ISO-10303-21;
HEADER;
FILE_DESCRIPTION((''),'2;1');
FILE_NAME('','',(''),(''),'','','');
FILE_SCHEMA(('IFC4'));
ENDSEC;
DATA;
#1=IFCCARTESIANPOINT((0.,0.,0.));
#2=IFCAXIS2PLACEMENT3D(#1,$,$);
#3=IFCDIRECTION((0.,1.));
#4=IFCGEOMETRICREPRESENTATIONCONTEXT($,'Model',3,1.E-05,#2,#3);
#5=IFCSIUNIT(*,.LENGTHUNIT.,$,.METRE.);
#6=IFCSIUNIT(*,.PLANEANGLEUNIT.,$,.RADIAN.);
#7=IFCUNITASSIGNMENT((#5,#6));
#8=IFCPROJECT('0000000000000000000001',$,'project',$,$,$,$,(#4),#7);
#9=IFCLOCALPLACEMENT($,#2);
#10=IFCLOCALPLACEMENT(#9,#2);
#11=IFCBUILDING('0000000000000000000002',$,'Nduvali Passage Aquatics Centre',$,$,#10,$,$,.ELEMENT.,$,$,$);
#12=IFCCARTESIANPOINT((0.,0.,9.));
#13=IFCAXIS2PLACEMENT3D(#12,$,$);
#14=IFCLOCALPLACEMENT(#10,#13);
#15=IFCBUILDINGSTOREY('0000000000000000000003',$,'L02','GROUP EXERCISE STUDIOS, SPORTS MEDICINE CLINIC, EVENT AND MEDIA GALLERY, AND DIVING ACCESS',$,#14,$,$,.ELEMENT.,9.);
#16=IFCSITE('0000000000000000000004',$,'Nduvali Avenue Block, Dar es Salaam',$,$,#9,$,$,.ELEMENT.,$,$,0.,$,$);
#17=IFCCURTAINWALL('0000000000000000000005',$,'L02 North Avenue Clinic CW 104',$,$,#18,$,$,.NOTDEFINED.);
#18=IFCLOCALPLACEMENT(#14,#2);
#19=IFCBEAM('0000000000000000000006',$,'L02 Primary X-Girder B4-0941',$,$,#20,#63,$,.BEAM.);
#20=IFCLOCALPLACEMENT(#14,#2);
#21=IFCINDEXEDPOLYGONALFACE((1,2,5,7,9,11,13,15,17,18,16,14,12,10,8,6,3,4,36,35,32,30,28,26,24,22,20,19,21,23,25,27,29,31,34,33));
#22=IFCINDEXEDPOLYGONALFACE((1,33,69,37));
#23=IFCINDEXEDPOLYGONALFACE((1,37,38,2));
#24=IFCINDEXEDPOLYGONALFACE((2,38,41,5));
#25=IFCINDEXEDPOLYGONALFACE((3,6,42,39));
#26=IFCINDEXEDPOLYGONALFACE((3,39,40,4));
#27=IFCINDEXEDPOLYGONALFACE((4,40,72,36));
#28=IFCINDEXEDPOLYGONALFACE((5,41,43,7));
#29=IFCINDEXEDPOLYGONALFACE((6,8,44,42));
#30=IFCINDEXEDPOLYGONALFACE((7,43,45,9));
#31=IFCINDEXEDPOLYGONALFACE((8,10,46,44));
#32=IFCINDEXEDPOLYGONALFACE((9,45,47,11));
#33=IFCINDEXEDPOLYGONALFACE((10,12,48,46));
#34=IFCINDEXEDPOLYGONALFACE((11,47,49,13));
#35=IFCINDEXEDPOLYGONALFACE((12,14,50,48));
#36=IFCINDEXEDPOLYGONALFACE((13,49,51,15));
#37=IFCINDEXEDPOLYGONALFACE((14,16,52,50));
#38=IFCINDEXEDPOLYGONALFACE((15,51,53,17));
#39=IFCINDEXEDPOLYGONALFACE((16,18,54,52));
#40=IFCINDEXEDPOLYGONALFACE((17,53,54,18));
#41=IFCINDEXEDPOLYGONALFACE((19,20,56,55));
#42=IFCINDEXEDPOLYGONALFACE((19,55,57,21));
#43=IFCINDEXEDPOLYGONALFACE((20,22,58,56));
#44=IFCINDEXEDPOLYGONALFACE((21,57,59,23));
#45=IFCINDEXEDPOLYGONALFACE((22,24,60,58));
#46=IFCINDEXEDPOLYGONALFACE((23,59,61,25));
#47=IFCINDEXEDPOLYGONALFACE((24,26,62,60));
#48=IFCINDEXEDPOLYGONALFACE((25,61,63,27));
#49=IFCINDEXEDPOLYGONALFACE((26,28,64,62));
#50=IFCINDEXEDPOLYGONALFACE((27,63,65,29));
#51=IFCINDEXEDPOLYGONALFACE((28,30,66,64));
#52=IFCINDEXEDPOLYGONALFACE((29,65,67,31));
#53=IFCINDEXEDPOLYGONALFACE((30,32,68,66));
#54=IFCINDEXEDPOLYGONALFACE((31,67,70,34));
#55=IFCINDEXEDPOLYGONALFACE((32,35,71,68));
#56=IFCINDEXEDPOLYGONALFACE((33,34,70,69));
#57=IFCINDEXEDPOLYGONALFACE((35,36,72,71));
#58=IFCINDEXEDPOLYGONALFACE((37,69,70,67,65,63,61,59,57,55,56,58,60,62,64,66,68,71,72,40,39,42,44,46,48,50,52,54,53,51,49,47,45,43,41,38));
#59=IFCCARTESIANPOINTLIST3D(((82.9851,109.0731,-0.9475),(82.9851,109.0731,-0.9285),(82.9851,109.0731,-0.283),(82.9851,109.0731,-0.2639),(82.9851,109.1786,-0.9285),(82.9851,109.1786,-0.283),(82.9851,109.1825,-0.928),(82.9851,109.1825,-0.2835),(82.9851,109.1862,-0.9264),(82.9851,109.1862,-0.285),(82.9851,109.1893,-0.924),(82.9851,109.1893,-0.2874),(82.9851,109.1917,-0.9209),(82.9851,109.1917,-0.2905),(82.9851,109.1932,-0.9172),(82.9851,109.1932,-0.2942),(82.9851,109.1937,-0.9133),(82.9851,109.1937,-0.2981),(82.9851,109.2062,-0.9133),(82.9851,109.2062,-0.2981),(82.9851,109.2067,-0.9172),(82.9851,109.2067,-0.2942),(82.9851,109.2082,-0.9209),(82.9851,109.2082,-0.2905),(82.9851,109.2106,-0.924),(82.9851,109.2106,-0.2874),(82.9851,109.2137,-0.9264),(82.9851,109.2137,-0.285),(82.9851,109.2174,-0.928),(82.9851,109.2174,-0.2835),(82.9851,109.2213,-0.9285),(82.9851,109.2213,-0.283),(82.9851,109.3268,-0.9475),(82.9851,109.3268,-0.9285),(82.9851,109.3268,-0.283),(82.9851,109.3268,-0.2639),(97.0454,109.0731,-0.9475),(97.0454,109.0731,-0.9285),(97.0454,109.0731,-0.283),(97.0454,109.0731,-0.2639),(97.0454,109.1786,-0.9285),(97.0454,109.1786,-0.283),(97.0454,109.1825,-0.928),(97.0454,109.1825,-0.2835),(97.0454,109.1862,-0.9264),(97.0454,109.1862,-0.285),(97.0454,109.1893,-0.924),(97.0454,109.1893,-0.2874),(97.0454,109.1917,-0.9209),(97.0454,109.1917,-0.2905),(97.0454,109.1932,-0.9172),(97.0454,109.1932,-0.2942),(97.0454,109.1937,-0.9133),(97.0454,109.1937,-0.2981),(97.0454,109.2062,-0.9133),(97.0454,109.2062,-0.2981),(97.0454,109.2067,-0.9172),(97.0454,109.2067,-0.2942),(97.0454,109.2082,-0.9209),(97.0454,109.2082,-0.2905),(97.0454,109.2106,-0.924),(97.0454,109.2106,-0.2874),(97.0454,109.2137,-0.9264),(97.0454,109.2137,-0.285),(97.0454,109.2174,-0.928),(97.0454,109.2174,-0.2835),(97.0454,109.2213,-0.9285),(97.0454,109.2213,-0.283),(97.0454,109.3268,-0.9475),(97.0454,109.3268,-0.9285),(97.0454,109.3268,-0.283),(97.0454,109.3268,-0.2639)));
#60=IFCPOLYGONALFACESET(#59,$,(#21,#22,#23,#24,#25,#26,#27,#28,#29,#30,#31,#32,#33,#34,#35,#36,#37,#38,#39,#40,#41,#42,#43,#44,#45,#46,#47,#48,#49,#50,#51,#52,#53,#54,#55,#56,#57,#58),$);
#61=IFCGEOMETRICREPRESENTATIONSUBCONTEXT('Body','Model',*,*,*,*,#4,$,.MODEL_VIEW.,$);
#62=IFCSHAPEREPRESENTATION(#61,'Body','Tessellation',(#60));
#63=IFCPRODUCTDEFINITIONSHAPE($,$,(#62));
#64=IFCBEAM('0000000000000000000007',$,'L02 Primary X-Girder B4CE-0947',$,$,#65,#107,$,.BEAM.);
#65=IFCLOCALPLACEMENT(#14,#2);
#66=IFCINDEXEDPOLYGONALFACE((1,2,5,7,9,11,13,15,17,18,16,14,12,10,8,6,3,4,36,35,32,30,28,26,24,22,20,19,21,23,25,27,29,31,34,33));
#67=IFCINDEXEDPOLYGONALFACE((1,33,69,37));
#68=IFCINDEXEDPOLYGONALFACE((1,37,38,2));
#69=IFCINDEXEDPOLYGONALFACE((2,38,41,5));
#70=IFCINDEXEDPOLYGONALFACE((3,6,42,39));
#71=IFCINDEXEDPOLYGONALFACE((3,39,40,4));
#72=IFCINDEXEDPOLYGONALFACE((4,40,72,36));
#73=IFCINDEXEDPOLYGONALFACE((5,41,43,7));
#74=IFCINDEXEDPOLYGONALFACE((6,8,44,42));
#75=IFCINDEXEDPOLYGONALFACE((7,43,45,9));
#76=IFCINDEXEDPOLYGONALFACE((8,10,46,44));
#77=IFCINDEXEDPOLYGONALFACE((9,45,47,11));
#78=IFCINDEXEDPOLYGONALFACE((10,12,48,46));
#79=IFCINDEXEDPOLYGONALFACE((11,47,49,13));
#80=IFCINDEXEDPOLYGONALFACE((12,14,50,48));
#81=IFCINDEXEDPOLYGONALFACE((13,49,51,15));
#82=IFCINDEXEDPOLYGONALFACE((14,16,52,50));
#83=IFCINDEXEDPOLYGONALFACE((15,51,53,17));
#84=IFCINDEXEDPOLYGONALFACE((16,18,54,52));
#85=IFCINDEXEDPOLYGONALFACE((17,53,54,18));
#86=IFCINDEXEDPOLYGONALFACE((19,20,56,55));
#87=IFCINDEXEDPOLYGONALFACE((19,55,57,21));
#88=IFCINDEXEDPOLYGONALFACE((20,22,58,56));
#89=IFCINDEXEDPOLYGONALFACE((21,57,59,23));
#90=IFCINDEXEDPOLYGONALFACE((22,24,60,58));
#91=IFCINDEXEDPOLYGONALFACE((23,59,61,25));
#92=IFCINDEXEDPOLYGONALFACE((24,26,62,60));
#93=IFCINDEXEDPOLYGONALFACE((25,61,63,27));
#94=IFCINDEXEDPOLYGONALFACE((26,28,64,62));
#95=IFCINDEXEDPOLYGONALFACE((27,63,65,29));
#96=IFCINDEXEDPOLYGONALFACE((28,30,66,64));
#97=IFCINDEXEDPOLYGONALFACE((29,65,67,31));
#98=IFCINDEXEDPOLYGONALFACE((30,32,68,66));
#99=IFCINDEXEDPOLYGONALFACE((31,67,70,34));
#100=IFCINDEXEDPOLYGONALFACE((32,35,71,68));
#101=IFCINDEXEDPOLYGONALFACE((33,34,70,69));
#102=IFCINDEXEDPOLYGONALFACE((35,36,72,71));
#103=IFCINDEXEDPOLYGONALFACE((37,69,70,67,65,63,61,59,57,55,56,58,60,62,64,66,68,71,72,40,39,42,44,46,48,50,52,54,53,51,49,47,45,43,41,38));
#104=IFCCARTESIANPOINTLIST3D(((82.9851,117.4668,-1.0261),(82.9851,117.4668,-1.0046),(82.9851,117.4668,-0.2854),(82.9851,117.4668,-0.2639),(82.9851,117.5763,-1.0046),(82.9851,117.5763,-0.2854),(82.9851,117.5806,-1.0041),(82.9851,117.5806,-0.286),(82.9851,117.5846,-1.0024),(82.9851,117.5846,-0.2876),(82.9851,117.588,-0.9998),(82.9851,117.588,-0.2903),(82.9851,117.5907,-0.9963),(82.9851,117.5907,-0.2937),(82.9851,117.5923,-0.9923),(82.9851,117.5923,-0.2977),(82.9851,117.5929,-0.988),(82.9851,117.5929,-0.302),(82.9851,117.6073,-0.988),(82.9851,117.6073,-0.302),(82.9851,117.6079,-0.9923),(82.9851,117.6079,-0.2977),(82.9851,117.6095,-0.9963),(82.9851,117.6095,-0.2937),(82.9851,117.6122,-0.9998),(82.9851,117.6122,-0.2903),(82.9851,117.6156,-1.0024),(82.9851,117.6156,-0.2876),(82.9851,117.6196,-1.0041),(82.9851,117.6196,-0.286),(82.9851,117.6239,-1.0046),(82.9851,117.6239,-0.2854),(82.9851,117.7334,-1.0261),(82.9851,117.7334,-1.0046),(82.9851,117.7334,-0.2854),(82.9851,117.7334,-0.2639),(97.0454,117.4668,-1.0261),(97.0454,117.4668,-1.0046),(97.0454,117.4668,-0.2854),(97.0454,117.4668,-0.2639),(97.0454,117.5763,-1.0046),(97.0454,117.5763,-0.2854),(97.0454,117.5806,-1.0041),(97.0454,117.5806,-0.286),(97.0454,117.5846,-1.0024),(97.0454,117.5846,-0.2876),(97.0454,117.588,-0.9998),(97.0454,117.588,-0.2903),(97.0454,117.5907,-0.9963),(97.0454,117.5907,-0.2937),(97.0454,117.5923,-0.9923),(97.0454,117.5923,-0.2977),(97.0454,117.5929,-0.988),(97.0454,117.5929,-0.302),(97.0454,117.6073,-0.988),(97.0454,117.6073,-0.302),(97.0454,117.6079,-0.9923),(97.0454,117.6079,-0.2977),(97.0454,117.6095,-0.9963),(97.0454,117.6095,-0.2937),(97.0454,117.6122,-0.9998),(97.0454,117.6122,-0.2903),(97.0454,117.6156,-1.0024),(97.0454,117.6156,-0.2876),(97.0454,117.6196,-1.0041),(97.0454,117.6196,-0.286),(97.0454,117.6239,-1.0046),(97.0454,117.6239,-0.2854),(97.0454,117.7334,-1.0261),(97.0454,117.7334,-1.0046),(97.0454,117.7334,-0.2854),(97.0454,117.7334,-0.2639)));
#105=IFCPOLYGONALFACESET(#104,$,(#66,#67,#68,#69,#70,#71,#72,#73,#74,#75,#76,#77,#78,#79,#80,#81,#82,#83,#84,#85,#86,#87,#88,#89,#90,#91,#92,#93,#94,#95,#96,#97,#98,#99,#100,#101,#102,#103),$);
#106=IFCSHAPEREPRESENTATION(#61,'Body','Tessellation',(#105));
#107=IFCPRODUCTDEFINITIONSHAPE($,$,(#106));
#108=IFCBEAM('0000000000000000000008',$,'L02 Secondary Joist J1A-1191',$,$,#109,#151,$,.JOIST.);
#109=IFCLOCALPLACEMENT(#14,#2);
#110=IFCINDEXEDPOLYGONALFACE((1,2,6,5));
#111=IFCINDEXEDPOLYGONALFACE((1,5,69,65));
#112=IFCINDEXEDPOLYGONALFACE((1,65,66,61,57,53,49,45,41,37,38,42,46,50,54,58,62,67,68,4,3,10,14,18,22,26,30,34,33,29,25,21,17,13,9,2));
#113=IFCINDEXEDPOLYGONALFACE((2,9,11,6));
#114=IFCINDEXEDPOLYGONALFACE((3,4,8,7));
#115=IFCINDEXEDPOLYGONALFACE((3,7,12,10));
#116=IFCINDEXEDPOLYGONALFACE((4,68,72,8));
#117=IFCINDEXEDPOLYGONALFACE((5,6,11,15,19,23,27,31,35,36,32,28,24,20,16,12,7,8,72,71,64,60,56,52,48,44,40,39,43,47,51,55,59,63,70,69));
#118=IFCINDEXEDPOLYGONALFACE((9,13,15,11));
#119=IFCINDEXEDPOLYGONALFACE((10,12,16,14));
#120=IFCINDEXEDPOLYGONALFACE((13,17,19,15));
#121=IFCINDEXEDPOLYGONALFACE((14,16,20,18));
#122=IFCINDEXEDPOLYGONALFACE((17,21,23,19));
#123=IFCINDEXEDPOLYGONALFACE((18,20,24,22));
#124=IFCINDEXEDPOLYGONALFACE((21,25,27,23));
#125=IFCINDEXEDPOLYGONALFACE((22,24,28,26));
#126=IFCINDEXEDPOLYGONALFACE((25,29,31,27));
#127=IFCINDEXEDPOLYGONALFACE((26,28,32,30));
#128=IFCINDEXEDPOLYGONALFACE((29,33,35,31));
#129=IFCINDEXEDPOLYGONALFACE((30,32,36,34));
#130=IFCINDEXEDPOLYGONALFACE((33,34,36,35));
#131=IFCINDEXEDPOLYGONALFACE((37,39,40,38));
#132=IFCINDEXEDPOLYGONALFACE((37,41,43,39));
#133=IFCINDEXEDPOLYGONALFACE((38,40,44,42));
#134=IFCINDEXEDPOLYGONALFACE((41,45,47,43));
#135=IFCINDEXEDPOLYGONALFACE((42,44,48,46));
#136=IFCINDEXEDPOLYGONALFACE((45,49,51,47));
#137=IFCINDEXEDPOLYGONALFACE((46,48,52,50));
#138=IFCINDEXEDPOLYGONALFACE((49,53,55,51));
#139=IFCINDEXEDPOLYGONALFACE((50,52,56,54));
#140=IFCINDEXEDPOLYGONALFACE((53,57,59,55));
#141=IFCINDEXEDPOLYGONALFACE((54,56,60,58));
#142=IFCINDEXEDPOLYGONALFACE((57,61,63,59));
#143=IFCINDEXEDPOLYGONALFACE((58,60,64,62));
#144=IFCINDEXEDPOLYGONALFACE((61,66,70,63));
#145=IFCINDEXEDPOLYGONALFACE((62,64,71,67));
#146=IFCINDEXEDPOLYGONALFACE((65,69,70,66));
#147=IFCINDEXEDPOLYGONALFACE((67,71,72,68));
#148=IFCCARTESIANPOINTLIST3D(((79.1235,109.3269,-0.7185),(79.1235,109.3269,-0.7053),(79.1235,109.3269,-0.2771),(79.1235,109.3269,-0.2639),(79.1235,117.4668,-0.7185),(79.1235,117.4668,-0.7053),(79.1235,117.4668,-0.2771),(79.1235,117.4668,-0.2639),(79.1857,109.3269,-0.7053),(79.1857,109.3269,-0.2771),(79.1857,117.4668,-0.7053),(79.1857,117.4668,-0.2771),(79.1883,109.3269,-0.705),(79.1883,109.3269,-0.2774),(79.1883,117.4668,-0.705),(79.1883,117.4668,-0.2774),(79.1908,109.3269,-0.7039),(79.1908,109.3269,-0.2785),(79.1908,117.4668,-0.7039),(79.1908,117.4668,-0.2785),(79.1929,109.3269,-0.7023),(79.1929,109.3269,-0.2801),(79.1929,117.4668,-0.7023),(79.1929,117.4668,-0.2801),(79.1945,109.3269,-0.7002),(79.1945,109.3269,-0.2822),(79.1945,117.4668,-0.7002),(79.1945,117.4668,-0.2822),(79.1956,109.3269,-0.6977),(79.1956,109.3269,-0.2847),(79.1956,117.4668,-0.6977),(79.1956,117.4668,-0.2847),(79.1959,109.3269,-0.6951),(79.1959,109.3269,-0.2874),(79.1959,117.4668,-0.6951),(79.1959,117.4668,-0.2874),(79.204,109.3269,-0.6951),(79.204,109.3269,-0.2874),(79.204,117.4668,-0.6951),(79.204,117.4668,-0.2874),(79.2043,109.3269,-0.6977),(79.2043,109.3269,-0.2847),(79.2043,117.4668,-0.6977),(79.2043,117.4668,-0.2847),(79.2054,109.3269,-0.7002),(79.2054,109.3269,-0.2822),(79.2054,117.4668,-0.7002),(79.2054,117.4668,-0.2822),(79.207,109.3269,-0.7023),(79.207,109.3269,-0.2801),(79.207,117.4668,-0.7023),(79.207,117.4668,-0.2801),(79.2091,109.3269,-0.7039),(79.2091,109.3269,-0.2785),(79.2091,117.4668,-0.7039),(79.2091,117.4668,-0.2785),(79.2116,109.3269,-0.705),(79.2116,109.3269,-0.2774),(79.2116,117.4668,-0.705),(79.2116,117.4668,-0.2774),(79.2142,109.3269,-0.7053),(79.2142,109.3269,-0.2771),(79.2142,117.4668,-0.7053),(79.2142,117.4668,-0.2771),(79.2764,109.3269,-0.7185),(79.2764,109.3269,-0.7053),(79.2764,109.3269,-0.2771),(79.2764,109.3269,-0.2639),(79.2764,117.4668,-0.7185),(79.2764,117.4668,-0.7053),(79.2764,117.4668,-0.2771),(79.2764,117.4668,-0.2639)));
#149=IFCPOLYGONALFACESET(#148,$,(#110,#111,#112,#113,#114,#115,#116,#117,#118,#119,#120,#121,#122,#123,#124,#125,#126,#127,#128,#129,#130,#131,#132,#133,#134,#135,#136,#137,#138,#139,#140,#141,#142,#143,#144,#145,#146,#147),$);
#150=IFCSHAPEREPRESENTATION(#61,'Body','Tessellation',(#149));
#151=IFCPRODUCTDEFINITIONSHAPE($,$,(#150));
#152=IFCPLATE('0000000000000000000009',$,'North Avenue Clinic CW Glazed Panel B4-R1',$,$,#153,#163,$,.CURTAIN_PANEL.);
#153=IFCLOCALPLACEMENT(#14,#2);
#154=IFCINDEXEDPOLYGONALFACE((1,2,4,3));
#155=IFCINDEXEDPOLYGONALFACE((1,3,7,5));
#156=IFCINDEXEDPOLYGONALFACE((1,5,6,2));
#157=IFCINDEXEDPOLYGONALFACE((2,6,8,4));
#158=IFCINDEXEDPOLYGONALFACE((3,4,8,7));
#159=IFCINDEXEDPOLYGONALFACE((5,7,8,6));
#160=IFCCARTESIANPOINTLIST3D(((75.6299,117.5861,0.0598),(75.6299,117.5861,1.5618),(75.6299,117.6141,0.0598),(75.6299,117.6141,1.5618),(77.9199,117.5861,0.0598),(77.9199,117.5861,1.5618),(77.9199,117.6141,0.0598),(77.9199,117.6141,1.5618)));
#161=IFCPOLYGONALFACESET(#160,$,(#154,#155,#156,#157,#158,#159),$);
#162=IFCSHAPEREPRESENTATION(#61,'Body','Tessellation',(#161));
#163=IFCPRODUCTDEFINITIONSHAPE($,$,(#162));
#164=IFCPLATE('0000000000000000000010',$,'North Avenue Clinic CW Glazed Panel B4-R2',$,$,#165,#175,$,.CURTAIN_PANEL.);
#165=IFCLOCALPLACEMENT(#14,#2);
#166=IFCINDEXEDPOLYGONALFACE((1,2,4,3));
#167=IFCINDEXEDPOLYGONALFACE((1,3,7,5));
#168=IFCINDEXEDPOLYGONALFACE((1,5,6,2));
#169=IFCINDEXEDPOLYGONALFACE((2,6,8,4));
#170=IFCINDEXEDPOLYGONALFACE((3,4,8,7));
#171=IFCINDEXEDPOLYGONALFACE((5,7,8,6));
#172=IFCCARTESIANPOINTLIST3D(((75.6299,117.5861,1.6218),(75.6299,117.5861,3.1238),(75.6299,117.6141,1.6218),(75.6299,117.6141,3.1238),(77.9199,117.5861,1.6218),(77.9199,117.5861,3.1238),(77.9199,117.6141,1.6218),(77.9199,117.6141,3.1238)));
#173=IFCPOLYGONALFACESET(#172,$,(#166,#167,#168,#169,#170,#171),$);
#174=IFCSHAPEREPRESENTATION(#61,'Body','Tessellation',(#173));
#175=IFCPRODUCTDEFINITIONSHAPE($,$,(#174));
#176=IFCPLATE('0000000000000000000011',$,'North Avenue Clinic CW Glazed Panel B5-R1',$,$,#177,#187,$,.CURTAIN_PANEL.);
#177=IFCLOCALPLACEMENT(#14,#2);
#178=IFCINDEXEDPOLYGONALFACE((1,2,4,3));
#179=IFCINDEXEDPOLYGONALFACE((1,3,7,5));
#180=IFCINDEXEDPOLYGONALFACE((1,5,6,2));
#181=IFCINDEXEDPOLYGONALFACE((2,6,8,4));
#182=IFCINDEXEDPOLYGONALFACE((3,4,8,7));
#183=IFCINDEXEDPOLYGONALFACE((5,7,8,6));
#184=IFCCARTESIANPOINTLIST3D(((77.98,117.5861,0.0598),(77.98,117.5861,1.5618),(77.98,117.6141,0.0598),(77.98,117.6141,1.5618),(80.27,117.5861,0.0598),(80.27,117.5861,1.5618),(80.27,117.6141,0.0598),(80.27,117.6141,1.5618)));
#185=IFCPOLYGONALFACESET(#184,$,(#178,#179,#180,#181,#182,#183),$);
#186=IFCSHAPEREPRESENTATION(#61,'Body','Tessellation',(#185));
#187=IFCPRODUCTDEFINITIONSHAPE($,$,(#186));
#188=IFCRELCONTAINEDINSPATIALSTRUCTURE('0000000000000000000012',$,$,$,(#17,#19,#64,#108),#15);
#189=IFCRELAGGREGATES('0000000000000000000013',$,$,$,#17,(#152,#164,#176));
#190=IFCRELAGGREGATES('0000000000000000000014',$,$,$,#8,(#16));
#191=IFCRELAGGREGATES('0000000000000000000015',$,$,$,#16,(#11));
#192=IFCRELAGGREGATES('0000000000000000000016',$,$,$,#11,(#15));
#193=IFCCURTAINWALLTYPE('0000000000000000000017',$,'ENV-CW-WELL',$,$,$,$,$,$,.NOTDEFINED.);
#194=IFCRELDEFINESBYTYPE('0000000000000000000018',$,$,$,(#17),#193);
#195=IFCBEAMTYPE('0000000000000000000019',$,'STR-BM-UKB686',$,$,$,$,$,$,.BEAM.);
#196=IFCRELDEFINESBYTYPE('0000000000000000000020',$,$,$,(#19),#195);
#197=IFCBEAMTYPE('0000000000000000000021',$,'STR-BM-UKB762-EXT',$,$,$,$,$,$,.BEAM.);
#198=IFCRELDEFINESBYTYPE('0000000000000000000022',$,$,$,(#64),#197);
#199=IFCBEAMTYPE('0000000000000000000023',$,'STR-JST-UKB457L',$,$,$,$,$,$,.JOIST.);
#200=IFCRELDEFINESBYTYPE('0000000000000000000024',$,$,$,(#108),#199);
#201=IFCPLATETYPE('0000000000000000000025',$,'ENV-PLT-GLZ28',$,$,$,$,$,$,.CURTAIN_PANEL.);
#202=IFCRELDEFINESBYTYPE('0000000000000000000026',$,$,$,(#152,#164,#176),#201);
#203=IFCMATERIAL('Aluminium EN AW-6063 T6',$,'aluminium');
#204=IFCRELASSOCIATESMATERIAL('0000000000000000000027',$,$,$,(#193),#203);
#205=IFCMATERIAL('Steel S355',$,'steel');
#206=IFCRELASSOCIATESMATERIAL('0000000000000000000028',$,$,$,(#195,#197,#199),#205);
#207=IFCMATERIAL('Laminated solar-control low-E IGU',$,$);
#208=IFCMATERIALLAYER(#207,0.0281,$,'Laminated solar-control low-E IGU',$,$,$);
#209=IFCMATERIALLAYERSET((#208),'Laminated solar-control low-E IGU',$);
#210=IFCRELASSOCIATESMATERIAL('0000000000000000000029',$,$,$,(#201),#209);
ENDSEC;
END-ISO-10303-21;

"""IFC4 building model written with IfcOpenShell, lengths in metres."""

from ifc_helpers import new_model, si_unit, direction, frame, origin, origin_2d, place, context, subcontext, project, spatial, rectangle, i_section, extrude, material, layer, layer_set, material_profile, profile_set, type_object, element, aggregate, save


model = new_model("IFC4")

# Units and contexts
model_context = context("Model", 3, precision=1e-05, world=origin(), true_north=direction((0.0, 1.0)))
body_context = subcontext(model_context, "Body", "Model", "MODEL_VIEW")
ifc_project = project(units=[si_unit("LENGTHUNIT", "METRE"), si_unit("PLANEANGLEUNIT", "RADIAN")], contexts=[model_context])

# Site, building, storey
site_placement = place(None, origin())
site = spatial("IfcSite", under=ifc_project, at=site_placement, Name="Nduvali Avenue Block, Dar es Salaam", CompositionType="ELEMENT", RefElevation=0.0)
building_placement = place(site_placement, origin())
building = spatial("IfcBuilding", under=site, at=building_placement, Name="Nduvali Passage Aquatics Centre", CompositionType="ELEMENT")
storey_placement = place(building_placement, frame((0.0, 0.0, 9.0)))
storey = spatial("IfcBuildingStorey", under=building, at=storey_placement, Name="L02", Description="GROUP EXERCISE STUDIOS, SPORTS MEDICINE CLINIC, EVENT AND MEDIA GALLERY, AND DIVING ACCESS", CompositionType="ELEMENT", Elevation=9.0)

# Shared definitions
ifc_material_1 = material(Name="Steel S355", Category="steel")

# Curtain wall
ifc_material_2 = material(Name="Aluminium EN AW-6063 T6", Category="aluminium")
curtain_wall_type = type_object("IfcCurtainWallType", Name="ENV-CW-WELL", PredefinedType="NOTDEFINED", material=ifc_material_2)
curtain_wall_1_placement = place(storey_placement, origin())
curtain_wall_1 = element("IfcCurtainWall", 1, at=curtain_wall_1_placement, inside=storey, type_object=curtain_wall_type, Name="L02 North Avenue Clinic CW 104", PredefinedType="NOTDEFINED")

# Beams
ifc_material_profile_1 = material_profile(ifc_material_1, i_section(OverallWidth=0.2537, OverallDepth=0.6836, WebThickness=0.0125, FlangeThickness=0.019, FilletRadius=0.0151, at=origin_2d()), Name="UKB 686x254x140")
ifc_profile_set_1 = profile_set([ifc_material_profile_1], Name="Steel S355")
beam_type_1 = type_object("IfcBeamType", Name="STR-BM-UKB686", PredefinedType="BEAM", material=ifc_profile_set_1)
beam_1_placement = place(storey_placement, frame((82.9851, 109.2, -0.6057), z_axis=(1.0, 0.0, 0.0), x_axis=(0.0, 1.0, 0.0)))
element("IfcBeam", 2, at=beam_1_placement, inside=storey, type_object=beam_type_1, Name="L02 Primary X-Girder B4-0941", PredefinedType="BEAM", context=body_context, shape_type="SweptSolid", body=[
    extrude(i_section(OverallWidth=0.2537, OverallDepth=0.6836, WebThickness=0.0125, FlangeThickness=0.019, FilletRadius=0.0151, at=origin_2d()), origin(), (0.0, 0.0, 1.0), 14.0603),
])
ifc_material_profile_2 = material_profile(ifc_material_1, i_section(OverallWidth=0.2666, OverallDepth=0.7622, WebThickness=0.0144, FlangeThickness=0.0215, FilletRadius=0.0166, at=origin_2d()), Name="UKB 762x267x173")
ifc_profile_set_2 = profile_set([ifc_material_profile_2], Name="Steel S355")
beam_type_2 = type_object("IfcBeamType", Name="STR-BM-UKB762-EXT", PredefinedType="BEAM", material=ifc_profile_set_2)
beam_2_placement = place(storey_placement, frame((82.9851, 117.6001, -0.645), z_axis=(1.0, 0.0, 0.0), x_axis=(0.0, 1.0, 0.0)))
element("IfcBeam", 3, at=beam_2_placement, inside=storey, type_object=beam_type_2, Name="L02 Primary X-Girder B4CE-0947", PredefinedType="BEAM", context=body_context, shape_type="SweptSolid", body=[
    extrude(i_section(OverallWidth=0.2666, OverallDepth=0.7622, WebThickness=0.0144, FlangeThickness=0.0215, FilletRadius=0.0166, at=origin_2d()), origin(), (0.0, 0.0, 1.0), 14.0603),
])
ifc_material_profile_3 = material_profile(ifc_material_1, i_section(OverallWidth=0.1528, OverallDepth=0.4546, WebThickness=0.0081, FlangeThickness=0.0132, FilletRadius=0.0103, at=origin_2d()), Name="UKB 457x152x60")
ifc_profile_set_3 = profile_set([ifc_material_profile_3], Name="Steel S355")
beam_type_3 = type_object("IfcBeamType", Name="STR-JST-UKB457L", PredefinedType="JOIST", material=ifc_profile_set_3)
beam_3_placement = place(storey_placement, frame((79.2, 109.3269, -0.4912), z_axis=(0.0, 1.0, 0.0), x_axis=(-1.0, 0.0, 0.0)))
element("IfcBeam", 4, at=beam_3_placement, inside=storey, type_object=beam_type_3, Name="L02 Secondary Joist J1A-1191", PredefinedType="JOIST", context=body_context, shape_type="SweptSolid", body=[
    extrude(i_section(OverallWidth=0.1528, OverallDepth=0.4546, WebThickness=0.0081, FlangeThickness=0.0132, FilletRadius=0.0103, at=origin_2d()), origin(), (0.0, 0.0, 1.0), 8.1399),
])

# Plates
ifc_material_3 = material(Name="Laminated solar-control low-E IGU")
ifc_layer = layer(ifc_material_3, 0.0281, Name="Laminated solar-control low-E IGU")
ifc_layer_set = layer_set([ifc_layer], Name="Laminated solar-control low-E IGU")
plate_type = type_object("IfcPlateType", Name="ENV-PLT-GLZ28", PredefinedType="CURTAIN_PANEL", material=ifc_layer_set)
plate_1_placement = place(storey_placement, frame((76.7749, 117.6001, 0.0598), z_axis=(0.0, 0.0, 1.0), x_axis=(1.0, 0.0, 0.0)))
plate_1 = element("IfcPlate", 5, at=plate_1_placement, type_object=plate_type, Name="North Avenue Clinic CW Glazed Panel B4-R1", PredefinedType="CURTAIN_PANEL", context=body_context, shape_type="SweptSolid", body=[
    extrude(rectangle(XDim=2.29, YDim=0.0281, at=origin_2d()), origin(), (0.0, 0.0, 1.0), 1.502),
])
plate_2_placement = place(storey_placement, frame((76.7749, 117.6001, 1.6218), z_axis=(0.0, 0.0, 1.0), x_axis=(1.0, 0.0, 0.0)))
plate_2 = element("IfcPlate", 6, at=plate_2_placement, type_object=plate_type, Name="North Avenue Clinic CW Glazed Panel B4-R2", PredefinedType="CURTAIN_PANEL", context=body_context, shape_type="SweptSolid", body=[
    extrude(rectangle(XDim=2.29, YDim=0.0281, at=origin_2d()), origin(), (0.0, 0.0, 1.0), 1.502),
])
plate_3_placement = place(storey_placement, frame((79.125, 117.6001, 0.0598), z_axis=(0.0, 0.0, 1.0), x_axis=(1.0, 0.0, 0.0)))
plate_3 = element("IfcPlate", 7, at=plate_3_placement, type_object=plate_type, Name="North Avenue Clinic CW Glazed Panel B5-R1", PredefinedType="CURTAIN_PANEL", context=body_context, shape_type="SweptSolid", body=[
    extrude(rectangle(XDim=2.29, YDim=0.0281, at=origin_2d()), origin(), (0.0, 0.0, 1.0), 1.502),
])
aggregate(curtain_wall_1, [plate_1, plate_2, plate_3])

save(model, "model.ifc")
